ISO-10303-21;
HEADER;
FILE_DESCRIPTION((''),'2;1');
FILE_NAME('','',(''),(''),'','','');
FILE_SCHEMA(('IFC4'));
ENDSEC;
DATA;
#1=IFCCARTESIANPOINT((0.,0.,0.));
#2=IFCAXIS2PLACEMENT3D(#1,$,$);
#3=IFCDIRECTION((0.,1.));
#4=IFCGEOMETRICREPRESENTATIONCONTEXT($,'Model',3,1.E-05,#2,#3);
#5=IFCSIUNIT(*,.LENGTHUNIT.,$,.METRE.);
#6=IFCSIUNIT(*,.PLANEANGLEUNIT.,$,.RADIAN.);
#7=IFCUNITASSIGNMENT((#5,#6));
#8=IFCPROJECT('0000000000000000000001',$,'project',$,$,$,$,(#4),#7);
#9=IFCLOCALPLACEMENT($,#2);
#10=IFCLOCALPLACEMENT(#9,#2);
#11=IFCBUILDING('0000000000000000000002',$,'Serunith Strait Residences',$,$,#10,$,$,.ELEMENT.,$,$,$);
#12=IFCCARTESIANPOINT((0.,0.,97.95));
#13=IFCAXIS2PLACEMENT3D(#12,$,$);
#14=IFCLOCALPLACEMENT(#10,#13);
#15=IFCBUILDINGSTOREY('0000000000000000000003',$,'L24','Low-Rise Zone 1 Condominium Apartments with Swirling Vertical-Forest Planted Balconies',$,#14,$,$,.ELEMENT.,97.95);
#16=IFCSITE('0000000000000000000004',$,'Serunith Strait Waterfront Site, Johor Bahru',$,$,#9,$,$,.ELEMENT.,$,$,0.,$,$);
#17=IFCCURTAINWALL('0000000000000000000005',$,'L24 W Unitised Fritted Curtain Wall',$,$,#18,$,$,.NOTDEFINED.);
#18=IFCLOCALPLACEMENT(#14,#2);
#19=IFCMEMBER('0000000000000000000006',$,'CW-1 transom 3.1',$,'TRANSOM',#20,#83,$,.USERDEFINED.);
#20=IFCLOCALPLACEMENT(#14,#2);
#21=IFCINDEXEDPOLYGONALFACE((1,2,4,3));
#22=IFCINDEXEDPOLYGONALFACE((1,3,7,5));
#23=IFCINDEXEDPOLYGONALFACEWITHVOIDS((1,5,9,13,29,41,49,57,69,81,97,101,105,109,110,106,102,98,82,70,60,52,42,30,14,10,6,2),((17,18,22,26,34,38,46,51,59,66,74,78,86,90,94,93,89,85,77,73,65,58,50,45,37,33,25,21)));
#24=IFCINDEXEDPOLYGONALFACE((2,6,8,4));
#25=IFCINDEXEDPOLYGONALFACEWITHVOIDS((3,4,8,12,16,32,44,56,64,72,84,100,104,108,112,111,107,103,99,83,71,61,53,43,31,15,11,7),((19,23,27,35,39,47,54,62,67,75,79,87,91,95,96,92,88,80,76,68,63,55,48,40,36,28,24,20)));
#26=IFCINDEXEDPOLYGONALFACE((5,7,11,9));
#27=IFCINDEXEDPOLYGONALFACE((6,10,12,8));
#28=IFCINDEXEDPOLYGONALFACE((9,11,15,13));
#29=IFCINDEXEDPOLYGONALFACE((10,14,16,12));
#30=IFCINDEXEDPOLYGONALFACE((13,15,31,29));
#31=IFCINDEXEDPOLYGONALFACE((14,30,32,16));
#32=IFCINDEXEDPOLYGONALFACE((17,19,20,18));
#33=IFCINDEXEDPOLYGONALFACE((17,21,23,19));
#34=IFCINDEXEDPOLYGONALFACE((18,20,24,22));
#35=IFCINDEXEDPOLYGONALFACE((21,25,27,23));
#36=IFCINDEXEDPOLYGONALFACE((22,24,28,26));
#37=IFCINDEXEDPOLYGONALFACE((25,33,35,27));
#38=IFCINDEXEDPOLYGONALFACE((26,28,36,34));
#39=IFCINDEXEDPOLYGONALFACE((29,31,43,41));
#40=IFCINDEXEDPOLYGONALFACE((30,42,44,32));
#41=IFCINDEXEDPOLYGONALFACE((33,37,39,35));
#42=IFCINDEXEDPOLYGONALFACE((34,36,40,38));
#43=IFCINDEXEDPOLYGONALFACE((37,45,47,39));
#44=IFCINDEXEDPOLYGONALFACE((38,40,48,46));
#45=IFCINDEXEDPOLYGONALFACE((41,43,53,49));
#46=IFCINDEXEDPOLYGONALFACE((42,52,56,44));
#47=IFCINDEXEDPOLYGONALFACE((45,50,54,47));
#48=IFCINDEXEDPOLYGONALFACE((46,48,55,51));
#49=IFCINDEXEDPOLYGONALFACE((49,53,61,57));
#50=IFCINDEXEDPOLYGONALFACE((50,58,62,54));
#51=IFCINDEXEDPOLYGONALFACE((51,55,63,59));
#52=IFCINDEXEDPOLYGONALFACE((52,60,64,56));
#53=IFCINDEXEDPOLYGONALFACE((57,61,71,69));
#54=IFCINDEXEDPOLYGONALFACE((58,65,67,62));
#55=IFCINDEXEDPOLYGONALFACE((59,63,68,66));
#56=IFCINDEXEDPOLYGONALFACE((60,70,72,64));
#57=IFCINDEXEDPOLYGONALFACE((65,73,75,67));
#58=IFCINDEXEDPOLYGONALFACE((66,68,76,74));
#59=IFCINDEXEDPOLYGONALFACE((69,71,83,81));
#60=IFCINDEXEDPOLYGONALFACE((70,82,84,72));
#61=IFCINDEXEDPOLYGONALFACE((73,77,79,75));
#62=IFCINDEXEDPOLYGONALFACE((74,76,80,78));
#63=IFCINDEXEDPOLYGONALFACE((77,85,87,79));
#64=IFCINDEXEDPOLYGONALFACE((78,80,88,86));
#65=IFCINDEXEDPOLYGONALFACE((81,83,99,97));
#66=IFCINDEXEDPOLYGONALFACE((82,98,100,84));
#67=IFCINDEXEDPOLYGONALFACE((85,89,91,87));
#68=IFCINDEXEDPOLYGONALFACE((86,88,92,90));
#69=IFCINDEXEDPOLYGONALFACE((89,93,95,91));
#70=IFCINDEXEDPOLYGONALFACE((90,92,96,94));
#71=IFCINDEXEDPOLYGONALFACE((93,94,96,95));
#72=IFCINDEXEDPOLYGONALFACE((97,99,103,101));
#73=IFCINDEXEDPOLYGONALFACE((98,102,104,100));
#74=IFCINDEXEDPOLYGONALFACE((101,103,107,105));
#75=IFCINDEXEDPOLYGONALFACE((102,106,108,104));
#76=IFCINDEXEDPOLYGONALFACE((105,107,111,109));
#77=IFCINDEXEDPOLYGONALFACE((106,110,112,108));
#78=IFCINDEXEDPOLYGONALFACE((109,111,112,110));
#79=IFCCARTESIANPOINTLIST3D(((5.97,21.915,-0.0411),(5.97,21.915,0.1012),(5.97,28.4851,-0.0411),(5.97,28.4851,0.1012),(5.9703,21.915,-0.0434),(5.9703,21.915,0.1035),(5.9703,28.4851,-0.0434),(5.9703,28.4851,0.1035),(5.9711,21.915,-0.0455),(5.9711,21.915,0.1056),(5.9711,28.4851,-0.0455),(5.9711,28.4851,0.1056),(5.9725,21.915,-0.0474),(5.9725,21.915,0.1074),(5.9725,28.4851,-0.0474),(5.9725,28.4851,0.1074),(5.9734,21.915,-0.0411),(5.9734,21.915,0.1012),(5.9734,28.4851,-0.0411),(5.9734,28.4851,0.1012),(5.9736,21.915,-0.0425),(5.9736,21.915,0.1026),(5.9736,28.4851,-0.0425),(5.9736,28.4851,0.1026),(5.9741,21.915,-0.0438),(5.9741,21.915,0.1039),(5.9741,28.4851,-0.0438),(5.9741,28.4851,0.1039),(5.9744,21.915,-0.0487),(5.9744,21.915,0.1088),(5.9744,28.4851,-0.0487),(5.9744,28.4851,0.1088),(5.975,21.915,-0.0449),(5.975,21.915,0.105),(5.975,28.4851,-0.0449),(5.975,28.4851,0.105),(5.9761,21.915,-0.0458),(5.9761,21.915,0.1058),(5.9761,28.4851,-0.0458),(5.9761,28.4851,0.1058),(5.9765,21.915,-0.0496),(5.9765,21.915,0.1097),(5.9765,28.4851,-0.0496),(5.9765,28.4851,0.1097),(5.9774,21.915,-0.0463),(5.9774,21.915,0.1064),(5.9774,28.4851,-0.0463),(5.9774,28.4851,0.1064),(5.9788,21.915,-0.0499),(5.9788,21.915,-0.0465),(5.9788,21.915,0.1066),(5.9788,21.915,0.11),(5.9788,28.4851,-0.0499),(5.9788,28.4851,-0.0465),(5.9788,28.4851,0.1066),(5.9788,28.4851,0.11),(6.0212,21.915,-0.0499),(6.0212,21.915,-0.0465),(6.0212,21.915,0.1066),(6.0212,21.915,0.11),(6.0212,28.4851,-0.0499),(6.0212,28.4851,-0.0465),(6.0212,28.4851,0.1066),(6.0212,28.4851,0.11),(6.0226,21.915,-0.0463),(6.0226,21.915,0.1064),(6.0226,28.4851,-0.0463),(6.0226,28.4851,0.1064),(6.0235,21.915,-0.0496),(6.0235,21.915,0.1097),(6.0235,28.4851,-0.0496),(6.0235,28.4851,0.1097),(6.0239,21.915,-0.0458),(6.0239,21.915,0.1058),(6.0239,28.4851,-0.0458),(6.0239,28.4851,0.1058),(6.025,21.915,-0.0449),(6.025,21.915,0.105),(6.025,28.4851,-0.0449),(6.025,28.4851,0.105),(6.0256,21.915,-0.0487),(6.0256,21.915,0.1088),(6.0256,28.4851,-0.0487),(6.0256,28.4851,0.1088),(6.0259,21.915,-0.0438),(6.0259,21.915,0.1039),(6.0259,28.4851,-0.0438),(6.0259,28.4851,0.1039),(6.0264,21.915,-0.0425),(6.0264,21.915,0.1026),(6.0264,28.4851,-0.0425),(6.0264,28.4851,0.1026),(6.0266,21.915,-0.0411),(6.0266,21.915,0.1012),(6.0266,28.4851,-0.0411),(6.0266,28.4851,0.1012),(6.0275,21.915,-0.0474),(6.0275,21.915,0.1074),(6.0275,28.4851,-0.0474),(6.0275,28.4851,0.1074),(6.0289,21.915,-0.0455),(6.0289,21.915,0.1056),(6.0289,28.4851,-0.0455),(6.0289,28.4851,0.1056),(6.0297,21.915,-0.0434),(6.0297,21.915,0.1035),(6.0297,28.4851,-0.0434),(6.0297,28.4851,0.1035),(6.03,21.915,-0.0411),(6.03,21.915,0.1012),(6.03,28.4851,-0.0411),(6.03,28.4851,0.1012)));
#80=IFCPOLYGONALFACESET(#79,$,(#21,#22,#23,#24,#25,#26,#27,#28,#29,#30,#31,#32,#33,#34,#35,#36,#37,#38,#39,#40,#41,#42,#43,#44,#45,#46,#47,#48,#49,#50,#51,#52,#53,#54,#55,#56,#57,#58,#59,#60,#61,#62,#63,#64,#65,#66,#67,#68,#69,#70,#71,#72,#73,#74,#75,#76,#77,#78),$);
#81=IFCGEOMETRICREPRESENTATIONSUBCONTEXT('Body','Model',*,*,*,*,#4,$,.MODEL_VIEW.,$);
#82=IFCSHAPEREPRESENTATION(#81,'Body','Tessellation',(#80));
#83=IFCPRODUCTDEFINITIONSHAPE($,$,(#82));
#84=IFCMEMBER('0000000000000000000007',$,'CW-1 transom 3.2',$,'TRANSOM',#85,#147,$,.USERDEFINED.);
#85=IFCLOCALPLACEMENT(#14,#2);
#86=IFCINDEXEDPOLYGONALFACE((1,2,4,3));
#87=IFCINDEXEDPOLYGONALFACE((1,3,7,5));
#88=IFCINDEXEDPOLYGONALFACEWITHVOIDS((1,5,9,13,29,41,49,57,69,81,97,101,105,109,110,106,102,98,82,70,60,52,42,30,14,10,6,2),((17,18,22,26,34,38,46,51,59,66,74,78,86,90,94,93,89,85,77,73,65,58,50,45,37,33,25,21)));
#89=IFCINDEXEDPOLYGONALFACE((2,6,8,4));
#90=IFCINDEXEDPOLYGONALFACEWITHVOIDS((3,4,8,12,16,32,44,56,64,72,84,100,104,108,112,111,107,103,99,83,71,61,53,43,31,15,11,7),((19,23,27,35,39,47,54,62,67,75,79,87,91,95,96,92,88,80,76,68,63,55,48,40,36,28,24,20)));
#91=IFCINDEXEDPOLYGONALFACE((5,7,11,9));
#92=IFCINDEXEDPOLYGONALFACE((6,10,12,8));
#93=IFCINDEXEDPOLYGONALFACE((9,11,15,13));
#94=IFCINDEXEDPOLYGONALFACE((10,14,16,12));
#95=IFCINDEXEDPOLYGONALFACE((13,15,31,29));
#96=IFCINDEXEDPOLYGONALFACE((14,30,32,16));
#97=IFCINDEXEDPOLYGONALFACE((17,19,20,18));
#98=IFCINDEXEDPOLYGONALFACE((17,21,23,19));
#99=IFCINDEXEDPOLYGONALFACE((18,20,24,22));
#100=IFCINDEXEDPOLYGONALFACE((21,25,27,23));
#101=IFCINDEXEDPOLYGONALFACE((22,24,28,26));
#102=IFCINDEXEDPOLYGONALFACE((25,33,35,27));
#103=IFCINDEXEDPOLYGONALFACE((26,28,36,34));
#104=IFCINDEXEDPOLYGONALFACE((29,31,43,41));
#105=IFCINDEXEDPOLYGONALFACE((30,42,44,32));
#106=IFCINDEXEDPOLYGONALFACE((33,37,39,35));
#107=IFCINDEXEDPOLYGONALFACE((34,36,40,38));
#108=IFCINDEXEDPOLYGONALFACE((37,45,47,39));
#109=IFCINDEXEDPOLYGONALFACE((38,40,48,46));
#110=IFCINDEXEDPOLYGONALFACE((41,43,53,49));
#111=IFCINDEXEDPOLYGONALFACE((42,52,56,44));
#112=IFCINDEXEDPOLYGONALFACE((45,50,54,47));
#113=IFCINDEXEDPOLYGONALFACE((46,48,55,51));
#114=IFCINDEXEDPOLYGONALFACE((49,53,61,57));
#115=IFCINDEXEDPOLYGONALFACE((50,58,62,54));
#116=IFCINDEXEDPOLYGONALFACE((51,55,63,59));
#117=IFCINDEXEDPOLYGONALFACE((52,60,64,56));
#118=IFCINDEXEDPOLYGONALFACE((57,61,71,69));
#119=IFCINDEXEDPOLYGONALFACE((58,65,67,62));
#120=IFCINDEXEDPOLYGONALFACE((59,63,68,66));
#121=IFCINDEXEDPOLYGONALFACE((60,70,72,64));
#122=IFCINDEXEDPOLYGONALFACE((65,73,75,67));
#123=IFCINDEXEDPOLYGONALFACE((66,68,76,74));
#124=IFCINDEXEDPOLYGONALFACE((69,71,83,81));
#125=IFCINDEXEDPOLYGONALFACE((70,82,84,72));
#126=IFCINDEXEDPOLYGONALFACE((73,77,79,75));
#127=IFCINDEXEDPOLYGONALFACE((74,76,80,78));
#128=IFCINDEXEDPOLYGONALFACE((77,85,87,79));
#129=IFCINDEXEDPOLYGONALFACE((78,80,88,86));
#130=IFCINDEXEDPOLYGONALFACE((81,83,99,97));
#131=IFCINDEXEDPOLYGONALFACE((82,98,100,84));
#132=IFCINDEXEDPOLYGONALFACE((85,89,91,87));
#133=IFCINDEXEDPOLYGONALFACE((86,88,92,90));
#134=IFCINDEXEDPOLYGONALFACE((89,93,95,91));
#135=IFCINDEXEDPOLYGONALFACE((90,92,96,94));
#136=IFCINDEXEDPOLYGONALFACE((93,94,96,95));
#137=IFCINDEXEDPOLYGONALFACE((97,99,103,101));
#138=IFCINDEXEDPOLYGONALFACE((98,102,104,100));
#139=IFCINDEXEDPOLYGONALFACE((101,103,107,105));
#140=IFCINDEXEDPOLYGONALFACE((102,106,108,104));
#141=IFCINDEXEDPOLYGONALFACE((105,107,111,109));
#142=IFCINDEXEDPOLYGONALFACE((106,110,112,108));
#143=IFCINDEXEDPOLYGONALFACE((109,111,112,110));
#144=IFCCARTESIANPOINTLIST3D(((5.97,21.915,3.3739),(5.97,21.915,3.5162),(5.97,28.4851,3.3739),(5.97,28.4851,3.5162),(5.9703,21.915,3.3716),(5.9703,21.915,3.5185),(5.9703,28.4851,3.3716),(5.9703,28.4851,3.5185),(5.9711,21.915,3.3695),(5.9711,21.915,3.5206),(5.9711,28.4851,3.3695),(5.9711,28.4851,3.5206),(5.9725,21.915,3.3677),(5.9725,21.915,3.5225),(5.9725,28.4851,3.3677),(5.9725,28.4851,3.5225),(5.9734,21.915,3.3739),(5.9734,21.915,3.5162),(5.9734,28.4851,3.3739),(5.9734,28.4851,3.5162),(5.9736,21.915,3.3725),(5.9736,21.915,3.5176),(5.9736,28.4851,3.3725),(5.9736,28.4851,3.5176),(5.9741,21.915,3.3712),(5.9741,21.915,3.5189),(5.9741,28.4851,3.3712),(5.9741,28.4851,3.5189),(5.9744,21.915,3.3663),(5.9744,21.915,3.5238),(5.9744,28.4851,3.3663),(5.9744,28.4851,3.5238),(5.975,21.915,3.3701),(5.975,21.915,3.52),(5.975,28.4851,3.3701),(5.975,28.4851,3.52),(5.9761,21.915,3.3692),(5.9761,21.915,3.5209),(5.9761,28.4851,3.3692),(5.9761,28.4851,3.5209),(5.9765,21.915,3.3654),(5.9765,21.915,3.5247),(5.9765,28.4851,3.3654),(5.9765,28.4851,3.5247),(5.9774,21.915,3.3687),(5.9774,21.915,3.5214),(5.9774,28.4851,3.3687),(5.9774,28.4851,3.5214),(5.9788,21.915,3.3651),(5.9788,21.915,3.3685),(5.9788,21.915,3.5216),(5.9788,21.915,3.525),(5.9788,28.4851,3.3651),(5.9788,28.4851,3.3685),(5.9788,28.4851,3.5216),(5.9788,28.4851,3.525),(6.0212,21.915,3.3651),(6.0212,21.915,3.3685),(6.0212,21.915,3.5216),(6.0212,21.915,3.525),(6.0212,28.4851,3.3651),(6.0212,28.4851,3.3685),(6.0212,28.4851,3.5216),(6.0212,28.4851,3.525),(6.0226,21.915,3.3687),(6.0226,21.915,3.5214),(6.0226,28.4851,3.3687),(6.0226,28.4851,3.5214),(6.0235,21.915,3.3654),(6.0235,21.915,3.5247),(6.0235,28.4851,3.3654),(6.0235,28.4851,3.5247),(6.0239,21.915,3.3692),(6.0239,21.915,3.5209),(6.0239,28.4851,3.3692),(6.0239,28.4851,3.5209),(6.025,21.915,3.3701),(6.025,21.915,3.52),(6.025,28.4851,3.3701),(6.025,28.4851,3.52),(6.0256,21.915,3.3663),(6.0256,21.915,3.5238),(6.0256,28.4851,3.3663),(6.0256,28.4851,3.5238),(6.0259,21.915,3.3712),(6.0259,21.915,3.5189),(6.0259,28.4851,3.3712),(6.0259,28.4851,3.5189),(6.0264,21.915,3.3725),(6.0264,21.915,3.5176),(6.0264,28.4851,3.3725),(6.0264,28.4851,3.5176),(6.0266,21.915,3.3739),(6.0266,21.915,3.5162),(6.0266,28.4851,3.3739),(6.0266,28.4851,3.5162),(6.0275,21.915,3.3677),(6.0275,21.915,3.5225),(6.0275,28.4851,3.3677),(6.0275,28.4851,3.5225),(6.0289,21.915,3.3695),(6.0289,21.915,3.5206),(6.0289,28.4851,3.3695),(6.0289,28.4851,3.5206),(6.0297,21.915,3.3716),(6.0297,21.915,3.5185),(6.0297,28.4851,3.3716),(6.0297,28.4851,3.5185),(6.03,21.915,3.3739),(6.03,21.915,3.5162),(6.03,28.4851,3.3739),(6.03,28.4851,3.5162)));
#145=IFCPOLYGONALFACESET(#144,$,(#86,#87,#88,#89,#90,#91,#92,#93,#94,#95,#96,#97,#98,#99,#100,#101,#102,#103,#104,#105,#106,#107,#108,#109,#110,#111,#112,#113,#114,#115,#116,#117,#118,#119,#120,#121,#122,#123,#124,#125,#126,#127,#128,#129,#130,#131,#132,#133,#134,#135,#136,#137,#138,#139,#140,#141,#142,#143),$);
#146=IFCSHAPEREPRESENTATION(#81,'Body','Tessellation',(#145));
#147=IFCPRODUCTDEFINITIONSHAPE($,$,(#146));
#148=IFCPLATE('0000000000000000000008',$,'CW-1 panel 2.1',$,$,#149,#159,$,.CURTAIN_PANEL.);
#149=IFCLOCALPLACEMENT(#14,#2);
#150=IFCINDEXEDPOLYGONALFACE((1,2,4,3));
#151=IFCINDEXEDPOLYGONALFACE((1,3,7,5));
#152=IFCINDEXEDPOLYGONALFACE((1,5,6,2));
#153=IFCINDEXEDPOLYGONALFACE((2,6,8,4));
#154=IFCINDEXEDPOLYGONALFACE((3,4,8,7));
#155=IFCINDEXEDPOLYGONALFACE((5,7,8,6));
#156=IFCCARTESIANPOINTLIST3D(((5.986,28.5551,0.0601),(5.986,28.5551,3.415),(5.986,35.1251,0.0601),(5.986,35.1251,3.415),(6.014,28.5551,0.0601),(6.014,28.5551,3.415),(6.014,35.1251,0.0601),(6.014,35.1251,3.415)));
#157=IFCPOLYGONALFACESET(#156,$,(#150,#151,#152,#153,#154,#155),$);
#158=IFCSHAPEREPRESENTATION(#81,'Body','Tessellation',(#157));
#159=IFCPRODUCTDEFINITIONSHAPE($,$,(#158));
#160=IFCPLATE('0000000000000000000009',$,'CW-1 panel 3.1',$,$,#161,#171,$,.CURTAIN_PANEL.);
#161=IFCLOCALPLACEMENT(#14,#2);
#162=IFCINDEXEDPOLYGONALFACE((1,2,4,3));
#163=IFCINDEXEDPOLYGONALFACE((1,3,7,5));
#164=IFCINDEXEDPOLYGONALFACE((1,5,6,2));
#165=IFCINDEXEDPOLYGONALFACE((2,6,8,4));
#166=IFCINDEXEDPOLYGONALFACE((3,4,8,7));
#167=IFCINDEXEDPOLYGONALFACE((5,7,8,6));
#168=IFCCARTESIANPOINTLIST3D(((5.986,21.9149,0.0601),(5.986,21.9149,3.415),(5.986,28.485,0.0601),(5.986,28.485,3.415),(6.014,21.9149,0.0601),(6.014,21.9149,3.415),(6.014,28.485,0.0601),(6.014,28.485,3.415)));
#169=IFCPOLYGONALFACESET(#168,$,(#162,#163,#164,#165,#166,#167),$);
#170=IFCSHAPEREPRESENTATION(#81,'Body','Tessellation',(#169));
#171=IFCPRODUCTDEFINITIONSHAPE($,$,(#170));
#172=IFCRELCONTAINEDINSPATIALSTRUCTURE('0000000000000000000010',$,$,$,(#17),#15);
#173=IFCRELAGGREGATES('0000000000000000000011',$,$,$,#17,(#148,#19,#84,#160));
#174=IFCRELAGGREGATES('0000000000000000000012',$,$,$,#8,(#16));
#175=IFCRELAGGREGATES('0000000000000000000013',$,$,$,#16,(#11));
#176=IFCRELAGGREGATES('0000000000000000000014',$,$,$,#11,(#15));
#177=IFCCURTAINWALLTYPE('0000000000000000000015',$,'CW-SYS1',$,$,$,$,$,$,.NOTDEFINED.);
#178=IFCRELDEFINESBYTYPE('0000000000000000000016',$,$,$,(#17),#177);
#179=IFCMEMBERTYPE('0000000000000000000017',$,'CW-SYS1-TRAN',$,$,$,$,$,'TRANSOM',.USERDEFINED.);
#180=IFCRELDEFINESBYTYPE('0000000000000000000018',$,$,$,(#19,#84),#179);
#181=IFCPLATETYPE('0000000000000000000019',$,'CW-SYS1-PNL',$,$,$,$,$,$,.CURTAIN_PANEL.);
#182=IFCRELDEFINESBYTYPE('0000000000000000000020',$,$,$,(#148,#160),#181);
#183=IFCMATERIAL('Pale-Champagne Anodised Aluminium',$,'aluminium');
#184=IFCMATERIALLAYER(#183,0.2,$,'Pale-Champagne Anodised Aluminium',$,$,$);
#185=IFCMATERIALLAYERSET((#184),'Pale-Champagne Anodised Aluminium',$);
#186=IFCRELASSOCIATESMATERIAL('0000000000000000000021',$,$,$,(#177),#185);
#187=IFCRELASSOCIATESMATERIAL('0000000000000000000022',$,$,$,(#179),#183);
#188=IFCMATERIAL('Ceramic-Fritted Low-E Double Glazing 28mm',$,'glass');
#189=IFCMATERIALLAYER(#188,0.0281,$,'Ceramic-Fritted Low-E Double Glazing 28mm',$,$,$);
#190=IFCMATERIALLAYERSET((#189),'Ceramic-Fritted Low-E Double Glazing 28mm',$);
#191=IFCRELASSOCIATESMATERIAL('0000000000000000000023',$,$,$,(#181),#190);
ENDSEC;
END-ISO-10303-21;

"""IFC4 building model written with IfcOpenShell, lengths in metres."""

from ifc_helpers import new_model, si_unit, direction, frame, origin, origin_2d, place, context, subcontext, project, spatial, rectangle, hollow_rectangle, extrude, source, transform, mapped, material, layer, layer_set, material_profile, profile_set, type_object, element, aggregate, save


model = new_model("IFC4")

# Units and contexts
model_context = context("Model", 3, precision=1e-05, world=origin(), true_north=direction((0.0, 1.0)))
body_context = subcontext(model_context, "Body", "Model", "MODEL_VIEW")
ifc_project = project(units=[si_unit("LENGTHUNIT", "METRE"), si_unit("PLANEANGLEUNIT", "RADIAN")], contexts=[model_context])

# Site, building, storey
site_placement = place(None, origin())
site = spatial("IfcSite", under=ifc_project, at=site_placement, Name="Serunith Strait Waterfront Site, Johor Bahru", CompositionType="ELEMENT", RefElevation=0.0)
building_placement = place(site_placement, origin())
building = spatial("IfcBuilding", under=site, at=building_placement, Name="Serunith Strait Residences", CompositionType="ELEMENT")
storey_placement = place(building_placement, frame((0.0, 0.0, 97.95)))
storey = spatial("IfcBuildingStorey", under=building, at=storey_placement, Name="L24", Description="Low-Rise Zone 1 Condominium Apartments with Swirling Vertical-Forest Planted Balconies", CompositionType="ELEMENT", Elevation=97.95)

# Curtain wall, members, plates
ifc_material_1 = material(Name="Pale-Champagne Anodised Aluminium", Category="aluminium")
ifc_layer_1 = layer(ifc_material_1, 0.2, Name="Pale-Champagne Anodised Aluminium")
ifc_layer_set_1 = layer_set([ifc_layer_1], Name="Pale-Champagne Anodised Aluminium")
curtain_wall_type = type_object("IfcCurtainWallType", Name="CW-SYS1", PredefinedType="NOTDEFINED", material=ifc_layer_set_1)
curtain_wall_placement = place(storey_placement, origin())
curtain_wall = element("IfcCurtainWall", 1, at=curtain_wall_placement, inside=storey, type_object=curtain_wall_type, Name="L24 W Unitised Fritted Curtain Wall", PredefinedType="NOTDEFINED")
ifc_material_profile_1 = material_profile(ifc_material_1, hollow_rectangle(XDim=0.0601, YDim=0.1599, WallThickness=0.0034, InnerFilletRadius=0.0054, OuterFilletRadius=0.0088, at=origin_2d()), Name="ALU 160x60x3.5")
ifc_profile_set_1 = profile_set([ifc_material_profile_1], Name="Pale-Champagne Anodised Aluminium")
member_type_1 = type_object("IfcMemberType", Name="CW-SYS1-TRAN", ElementType="TRANSOM", PredefinedType="USERDEFINED", material=ifc_profile_set_1)
shared_shape_1 = source(origin(), body_context, "Body", "SweptSolid", [
    extrude(hollow_rectangle(XDim=0.0601, YDim=0.1599, WallThickness=0.0034, InnerFilletRadius=0.0054, OuterFilletRadius=0.0088, at=origin_2d()), origin(), (0.0, 0.0, 1.0), 6.5701),
])
member_1_placement = place(storey_placement, frame((6.0, 28.4851, 0.03), z_axis=(0.0, -1.0, 0.0), x_axis=(1.0, 0.0, 0.0)))
member_1 = element("IfcMember", 2, at=member_1_placement, type_object=member_type_1, Name="CW-1 transom 3.1", ObjectType="TRANSOM", PredefinedType="USERDEFINED", context=body_context, shape_type="MappedRepresentation", body=[
    mapped(shared_shape_1, transform((0.0, 0.0, 0.0), scale=1.0)),
])
member_2_placement = place(storey_placement, frame((6.0, 28.4851, 3.4451), z_axis=(0.0, -1.0, 0.0), x_axis=(1.0, 0.0, 0.0)))
member_2 = element("IfcMember", 3, at=member_2_placement, type_object=member_type_1, Name="CW-1 transom 3.2", ObjectType="TRANSOM", PredefinedType="USERDEFINED", context=body_context, shape_type="MappedRepresentation", body=[
    mapped(shared_shape_1, transform((0.0, 0.0, 0.0), scale=1.0)),
])
ifc_material_2 = material(Name="Ceramic-Fritted Low-E Double Glazing 28mm", Category="glass")
ifc_layer_2 = layer(ifc_material_2, 0.0281, Name="Ceramic-Fritted Low-E Double Glazing 28mm")
ifc_layer_set_2 = layer_set([ifc_layer_2], Name="Ceramic-Fritted Low-E Double Glazing 28mm")
plate_type = type_object("IfcPlateType", Name="CW-SYS1-PNL", PredefinedType="CURTAIN_PANEL", material=ifc_layer_set_2)
shared_shape_2 = source(origin(), body_context, "Body", "SweptSolid", [
    extrude(rectangle(XDim=6.5701, YDim=0.0281, at=origin_2d()), origin(), (0.0, 0.0, 1.0), 3.355),
])
plate_1_placement = place(storey_placement, frame((6.0, 31.8401, 0.0601), z_axis=(0.0, 0.0, 1.0), x_axis=(0.0, -1.0, 0.0)))
plate_1 = element("IfcPlate", 4, at=plate_1_placement, type_object=plate_type, Name="CW-1 panel 2.1", PredefinedType="CURTAIN_PANEL", context=body_context, shape_type="MappedRepresentation", body=[
    mapped(shared_shape_2, transform((0.0, 0.0, 0.0), scale=1.0)),
])
plate_2_placement = place(storey_placement, frame((6.0, 25.2, 0.0601), z_axis=(0.0, 0.0, 1.0), x_axis=(0.0, -1.0, 0.0)))
plate_2 = element("IfcPlate", 5, at=plate_2_placement, type_object=plate_type, Name="CW-1 panel 3.1", PredefinedType="CURTAIN_PANEL", context=body_context, shape_type="MappedRepresentation", body=[
    mapped(shared_shape_2, transform((0.0, 0.0, 0.0), scale=1.0)),
])
aggregate(curtain_wall, [plate_1, member_1, member_2, plate_2])

save(model, "model.ifc")
